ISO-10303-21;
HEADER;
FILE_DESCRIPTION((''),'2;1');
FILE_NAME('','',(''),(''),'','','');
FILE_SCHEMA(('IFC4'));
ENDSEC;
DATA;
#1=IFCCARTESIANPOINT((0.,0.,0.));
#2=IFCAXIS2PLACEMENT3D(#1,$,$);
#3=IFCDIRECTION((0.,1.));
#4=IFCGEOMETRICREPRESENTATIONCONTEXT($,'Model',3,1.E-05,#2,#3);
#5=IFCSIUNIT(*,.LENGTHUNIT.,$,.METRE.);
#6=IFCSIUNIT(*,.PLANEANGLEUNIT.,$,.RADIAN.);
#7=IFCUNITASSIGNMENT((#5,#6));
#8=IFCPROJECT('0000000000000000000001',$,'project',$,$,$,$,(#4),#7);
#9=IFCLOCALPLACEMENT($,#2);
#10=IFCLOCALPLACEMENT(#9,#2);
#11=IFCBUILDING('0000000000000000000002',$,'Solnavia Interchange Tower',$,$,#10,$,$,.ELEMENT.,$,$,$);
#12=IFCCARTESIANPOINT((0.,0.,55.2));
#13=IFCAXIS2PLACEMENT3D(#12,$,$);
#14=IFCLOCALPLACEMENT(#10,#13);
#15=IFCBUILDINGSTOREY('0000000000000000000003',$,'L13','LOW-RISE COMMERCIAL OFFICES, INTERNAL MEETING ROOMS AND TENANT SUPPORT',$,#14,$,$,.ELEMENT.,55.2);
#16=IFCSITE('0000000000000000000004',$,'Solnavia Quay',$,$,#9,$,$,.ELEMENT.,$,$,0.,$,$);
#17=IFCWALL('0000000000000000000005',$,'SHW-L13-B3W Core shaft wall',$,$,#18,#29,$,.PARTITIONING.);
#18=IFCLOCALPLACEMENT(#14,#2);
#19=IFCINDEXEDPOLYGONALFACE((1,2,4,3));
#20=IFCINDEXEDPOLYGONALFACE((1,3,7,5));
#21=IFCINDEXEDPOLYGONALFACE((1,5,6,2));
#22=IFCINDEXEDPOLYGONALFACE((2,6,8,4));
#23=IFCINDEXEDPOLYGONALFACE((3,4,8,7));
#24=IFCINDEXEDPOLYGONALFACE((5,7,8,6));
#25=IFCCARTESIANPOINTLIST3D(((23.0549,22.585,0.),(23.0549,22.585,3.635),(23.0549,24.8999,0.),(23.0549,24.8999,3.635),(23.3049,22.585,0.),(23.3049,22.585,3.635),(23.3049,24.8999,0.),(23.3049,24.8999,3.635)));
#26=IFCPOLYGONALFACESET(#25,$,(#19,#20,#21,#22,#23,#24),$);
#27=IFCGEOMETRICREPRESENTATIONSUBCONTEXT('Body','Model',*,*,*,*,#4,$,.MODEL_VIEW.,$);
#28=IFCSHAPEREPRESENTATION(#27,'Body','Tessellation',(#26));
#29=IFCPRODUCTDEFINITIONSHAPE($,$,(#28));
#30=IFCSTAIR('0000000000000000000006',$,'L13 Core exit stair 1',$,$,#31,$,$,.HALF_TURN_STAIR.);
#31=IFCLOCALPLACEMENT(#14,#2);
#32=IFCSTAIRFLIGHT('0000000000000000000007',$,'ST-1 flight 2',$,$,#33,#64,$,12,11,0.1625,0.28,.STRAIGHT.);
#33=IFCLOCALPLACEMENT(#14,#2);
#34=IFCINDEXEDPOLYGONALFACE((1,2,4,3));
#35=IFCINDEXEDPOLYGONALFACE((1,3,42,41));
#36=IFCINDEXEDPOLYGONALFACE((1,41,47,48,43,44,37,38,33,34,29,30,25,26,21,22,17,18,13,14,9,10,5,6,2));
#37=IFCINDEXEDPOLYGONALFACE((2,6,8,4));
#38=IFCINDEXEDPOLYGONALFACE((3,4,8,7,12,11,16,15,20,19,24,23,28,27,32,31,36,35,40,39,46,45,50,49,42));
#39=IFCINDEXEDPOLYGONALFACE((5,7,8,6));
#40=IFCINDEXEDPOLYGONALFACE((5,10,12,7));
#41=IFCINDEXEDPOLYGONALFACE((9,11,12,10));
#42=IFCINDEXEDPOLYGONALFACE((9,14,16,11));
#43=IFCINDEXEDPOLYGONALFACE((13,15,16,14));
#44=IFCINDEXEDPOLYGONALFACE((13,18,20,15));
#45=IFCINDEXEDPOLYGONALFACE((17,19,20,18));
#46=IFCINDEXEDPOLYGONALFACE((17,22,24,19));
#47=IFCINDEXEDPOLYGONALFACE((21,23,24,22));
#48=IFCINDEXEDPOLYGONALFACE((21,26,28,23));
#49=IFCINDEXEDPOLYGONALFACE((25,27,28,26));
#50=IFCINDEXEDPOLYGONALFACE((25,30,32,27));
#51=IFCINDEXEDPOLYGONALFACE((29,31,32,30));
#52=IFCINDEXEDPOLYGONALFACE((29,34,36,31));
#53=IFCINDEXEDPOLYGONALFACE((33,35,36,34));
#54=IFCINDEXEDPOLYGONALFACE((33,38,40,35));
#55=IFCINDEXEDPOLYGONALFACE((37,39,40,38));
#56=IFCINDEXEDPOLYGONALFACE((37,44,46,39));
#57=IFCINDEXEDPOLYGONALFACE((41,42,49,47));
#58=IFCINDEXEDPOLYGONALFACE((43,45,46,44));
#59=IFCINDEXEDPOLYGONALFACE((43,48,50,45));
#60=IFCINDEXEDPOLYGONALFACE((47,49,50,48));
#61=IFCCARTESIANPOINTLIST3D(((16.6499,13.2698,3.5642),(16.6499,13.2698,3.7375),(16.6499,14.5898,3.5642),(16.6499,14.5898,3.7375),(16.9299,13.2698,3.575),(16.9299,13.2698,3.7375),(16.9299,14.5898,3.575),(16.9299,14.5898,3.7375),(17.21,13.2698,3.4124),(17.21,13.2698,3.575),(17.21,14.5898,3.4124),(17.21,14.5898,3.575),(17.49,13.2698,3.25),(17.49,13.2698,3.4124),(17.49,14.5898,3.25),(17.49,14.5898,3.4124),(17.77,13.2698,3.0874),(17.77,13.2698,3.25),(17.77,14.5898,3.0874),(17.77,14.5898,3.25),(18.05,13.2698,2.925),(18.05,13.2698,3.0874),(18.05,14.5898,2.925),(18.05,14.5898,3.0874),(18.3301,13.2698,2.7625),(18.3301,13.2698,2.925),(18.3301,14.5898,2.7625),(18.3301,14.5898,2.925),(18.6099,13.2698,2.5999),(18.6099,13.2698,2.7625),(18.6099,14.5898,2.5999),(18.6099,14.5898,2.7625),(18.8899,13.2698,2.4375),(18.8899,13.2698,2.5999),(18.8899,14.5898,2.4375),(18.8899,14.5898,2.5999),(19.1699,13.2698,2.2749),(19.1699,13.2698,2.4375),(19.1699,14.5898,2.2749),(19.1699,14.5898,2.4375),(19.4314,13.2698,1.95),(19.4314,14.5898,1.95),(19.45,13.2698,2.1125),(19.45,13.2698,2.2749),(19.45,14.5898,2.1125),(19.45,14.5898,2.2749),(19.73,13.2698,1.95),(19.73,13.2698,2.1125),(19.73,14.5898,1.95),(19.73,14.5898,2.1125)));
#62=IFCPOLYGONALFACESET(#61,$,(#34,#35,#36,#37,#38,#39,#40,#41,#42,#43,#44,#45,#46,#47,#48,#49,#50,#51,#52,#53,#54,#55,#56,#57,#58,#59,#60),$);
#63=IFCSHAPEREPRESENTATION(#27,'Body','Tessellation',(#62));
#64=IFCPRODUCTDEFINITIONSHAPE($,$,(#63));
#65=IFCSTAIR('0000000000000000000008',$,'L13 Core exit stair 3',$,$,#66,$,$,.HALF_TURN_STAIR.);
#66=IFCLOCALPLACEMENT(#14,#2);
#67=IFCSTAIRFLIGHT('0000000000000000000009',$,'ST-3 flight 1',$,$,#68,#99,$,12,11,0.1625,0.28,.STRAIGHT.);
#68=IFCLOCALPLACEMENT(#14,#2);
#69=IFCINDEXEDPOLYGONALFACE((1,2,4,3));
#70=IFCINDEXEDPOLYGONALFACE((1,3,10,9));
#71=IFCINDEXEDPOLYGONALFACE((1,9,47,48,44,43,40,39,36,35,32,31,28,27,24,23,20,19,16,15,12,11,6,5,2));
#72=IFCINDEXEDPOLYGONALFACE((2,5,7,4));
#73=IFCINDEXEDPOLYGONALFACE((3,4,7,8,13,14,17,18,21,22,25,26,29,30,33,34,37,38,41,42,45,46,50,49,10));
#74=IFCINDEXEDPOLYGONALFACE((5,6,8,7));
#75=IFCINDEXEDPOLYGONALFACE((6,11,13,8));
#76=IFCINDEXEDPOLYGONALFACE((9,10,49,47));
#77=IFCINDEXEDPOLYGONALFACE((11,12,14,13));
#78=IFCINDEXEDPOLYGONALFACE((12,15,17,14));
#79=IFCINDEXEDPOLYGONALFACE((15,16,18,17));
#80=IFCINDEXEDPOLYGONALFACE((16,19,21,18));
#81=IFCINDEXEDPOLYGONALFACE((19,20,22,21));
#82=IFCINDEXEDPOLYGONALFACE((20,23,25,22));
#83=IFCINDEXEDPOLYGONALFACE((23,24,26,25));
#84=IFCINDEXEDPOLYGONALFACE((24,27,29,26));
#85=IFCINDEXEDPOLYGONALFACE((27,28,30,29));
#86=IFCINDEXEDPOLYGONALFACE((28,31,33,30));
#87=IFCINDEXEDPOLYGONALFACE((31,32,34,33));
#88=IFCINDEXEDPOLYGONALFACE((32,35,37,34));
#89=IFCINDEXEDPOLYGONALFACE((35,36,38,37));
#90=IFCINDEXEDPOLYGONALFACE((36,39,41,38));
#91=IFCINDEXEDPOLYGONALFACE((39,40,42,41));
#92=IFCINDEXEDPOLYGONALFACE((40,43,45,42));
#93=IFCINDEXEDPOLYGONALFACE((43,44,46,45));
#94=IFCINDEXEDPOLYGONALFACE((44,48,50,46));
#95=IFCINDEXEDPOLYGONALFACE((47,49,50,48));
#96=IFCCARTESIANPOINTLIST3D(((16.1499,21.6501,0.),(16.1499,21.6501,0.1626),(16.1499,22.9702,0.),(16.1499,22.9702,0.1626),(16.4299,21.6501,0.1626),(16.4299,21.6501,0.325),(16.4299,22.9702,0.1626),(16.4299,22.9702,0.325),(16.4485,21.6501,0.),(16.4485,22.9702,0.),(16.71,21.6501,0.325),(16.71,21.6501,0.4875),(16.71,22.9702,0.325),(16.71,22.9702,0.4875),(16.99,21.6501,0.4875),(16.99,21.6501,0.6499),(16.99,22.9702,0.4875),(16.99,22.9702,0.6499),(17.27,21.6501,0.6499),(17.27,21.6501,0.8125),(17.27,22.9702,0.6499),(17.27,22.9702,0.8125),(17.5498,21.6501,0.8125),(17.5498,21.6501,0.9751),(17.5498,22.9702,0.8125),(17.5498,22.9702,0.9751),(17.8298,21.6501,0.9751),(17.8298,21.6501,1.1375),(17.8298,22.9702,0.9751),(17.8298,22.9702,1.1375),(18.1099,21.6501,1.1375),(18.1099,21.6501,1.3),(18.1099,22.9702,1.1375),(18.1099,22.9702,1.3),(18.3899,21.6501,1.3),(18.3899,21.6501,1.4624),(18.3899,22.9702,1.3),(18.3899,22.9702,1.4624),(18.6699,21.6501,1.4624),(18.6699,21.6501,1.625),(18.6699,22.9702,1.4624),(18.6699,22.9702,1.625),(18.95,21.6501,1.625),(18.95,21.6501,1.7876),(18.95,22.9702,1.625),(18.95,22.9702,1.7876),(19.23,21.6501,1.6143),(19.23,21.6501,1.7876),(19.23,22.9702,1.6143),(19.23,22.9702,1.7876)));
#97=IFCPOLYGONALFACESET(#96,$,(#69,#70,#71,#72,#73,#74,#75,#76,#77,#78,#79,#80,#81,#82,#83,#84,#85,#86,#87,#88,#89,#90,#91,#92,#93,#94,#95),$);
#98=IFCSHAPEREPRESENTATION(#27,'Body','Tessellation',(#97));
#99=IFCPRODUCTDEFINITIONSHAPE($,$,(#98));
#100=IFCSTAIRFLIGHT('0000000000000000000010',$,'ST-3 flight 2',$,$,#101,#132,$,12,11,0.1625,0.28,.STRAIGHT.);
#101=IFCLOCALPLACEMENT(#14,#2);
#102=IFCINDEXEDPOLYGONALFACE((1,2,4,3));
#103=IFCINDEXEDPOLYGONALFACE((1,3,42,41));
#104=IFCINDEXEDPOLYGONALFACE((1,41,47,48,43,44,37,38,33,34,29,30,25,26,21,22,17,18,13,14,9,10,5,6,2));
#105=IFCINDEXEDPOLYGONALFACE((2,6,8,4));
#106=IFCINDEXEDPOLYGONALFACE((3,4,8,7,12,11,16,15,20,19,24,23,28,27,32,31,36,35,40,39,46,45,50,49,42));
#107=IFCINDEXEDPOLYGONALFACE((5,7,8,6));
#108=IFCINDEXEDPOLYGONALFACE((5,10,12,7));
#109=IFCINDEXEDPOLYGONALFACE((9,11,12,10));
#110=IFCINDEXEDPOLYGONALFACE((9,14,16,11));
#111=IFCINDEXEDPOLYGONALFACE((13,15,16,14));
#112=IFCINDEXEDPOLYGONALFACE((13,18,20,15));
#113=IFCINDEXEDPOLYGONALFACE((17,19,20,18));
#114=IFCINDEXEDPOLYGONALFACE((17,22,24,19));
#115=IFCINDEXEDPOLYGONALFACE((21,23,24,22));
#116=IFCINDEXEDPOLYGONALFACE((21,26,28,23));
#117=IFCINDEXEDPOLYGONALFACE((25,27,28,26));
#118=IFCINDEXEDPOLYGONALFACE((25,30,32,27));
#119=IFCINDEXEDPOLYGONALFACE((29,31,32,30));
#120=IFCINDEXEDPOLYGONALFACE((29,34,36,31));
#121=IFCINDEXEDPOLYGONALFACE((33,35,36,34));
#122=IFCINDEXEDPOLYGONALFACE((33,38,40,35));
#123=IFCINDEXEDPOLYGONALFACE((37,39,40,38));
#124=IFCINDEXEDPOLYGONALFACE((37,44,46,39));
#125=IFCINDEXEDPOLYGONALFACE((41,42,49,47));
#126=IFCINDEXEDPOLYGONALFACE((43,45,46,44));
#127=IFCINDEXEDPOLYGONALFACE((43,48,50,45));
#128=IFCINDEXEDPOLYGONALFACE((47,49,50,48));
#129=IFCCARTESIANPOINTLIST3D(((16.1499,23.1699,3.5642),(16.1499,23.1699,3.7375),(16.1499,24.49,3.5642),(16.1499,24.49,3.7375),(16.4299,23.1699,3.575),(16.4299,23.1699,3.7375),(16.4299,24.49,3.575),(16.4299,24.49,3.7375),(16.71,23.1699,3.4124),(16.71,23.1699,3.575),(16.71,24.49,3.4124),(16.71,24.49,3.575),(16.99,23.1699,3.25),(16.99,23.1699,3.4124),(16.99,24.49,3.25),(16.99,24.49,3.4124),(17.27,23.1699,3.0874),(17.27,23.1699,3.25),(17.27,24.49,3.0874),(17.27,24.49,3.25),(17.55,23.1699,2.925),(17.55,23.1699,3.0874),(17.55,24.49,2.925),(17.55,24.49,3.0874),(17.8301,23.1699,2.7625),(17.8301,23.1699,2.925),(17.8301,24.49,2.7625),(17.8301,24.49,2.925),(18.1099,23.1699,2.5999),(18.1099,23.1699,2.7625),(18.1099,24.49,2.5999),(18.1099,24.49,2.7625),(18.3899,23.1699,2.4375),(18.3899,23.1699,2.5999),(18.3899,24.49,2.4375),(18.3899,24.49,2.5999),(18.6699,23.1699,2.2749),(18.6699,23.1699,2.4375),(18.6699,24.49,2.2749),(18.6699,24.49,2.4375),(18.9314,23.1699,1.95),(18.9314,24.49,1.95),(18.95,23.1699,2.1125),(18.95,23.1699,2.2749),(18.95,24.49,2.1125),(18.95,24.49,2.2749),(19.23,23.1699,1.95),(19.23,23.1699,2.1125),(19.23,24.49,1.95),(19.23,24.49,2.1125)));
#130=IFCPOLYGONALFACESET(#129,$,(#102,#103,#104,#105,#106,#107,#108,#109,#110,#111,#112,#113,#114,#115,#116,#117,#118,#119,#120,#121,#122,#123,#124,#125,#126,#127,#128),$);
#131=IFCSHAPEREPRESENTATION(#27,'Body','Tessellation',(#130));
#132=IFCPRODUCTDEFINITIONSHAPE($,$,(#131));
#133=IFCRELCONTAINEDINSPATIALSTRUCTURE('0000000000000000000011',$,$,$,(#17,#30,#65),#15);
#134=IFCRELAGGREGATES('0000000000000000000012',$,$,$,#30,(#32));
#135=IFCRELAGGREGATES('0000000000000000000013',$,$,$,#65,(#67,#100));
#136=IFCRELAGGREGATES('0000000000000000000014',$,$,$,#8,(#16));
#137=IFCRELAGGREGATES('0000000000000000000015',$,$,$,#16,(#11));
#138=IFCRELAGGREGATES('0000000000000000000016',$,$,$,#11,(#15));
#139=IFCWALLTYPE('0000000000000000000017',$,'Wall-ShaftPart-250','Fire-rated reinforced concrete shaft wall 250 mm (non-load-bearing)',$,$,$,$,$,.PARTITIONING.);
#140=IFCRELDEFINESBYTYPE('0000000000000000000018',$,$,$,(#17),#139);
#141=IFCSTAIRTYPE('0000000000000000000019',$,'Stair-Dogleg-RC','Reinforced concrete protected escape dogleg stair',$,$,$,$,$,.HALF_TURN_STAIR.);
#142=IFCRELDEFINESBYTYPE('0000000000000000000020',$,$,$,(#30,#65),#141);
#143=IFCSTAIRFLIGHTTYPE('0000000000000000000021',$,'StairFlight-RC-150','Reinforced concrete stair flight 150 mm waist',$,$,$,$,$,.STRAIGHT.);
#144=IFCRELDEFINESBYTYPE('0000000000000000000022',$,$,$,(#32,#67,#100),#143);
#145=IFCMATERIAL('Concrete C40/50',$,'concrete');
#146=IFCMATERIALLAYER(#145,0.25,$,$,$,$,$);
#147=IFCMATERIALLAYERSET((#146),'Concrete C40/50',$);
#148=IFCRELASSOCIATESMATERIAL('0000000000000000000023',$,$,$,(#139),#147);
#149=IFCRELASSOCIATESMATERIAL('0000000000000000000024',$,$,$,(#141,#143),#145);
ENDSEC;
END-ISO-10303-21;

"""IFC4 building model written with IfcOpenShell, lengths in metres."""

from ifc_helpers import new_model, si_unit, direction, frame, frame_2d, origin, place, context, subcontext, project, spatial, polyline, rectangle, outline, extrude, material, layer, layer_set, type_object, element, aggregate, save


model = new_model("IFC4")

# Units and contexts
model_context = context("Model", 3, precision=1e-05, world=origin(), true_north=direction((0.0, 1.0)))
body_context = subcontext(model_context, "Body", "Model", "MODEL_VIEW")
ifc_project = project(units=[si_unit("LENGTHUNIT", "METRE"), si_unit("PLANEANGLEUNIT", "RADIAN")], contexts=[model_context])

# Site, building, storey
site_placement = place(None, origin())
site = spatial("IfcSite", under=ifc_project, at=site_placement, Name="Solnavia Quay", CompositionType="ELEMENT", RefElevation=0.0)
building_placement = place(site_placement, origin())
building = spatial("IfcBuilding", under=site, at=building_placement, Name="Solnavia Interchange Tower", CompositionType="ELEMENT")
storey_placement = place(building_placement, frame((0.0, 0.0, 55.2)))
storey = spatial("IfcBuildingStorey", under=building, at=storey_placement, Name="L13", Description="LOW-RISE COMMERCIAL OFFICES, INTERNAL MEETING ROOMS AND TENANT SUPPORT", CompositionType="ELEMENT", Elevation=55.2)

# Shared definitions
ifc_material_1 = material(Name="Concrete C40/50", Category="concrete")

# Shared definitions
ifc_layer_1 = layer(ifc_material_1, 0.25)
ifc_layer_set_1 = layer_set([ifc_layer_1], Name="Concrete C40/50")
wall_type_1 = type_object("IfcWallType", Name="Wall-ShaftPart-250", Description="Fire-rated reinforced concrete shaft wall 250 mm (non-load-bearing)", PredefinedType="PARTITIONING", material=ifc_layer_set_1)

# Wall
wall_1_placement = place(storey_placement, frame((23.1799, 22.585, 0.0), z_axis=(0.0, 0.0, 1.0), x_axis=(0.0, 1.0, 0.0)))
element("IfcWall", 1, at=wall_1_placement, inside=storey, type_object=wall_type_1, Name="SHW-L13-B3W Core shaft wall", PredefinedType="PARTITIONING", context=body_context, shape_type="SweptSolid", body=[
    extrude(rectangle(XDim=2.3149, YDim=0.25, at=frame_2d((1.1575, 0.0))), origin(), (0.0, 0.0, 1.0), 3.635),
])

# Stair, stair flight
stair_type = type_object("IfcStairType", Name="Stair-Dogleg-RC", Description="Reinforced concrete protected escape dogleg stair", PredefinedType="HALF_TURN_STAIR", material=ifc_material_1)
stair_1_placement = place(storey_placement, origin())
stair_1 = element("IfcStair", 2, at=stair_1_placement, inside=storey, type_object=stair_type, Name="L13 Core exit stair 1", PredefinedType="HALF_TURN_STAIR")
stair_flight_type = type_object("IfcStairFlightType", Name="StairFlight-RC-150", Description="Reinforced concrete stair flight 150 mm waist", PredefinedType="STRAIGHT", material=ifc_material_1)
stair_flight_1_placement = place(storey_placement, frame((19.73, 13.9299, 1.95), z_axis=(0.0, 0.0, 1.0), x_axis=(-1.0, 0.0, 0.0)))
stair_flight_1 = element("IfcStairFlight", 3, at=stair_flight_1_placement, type_object=stair_flight_type, Name="ST-1 flight 2", NumberOfRisers=12, NumberOfTreads=11, PredefinedType="STRAIGHT", RiserHeight=0.1625, TreadLength=0.28, context=body_context, shape_type="SweptSolid", body=[
    extrude(outline(polyline([(0.0, 0.0), (0.0, 0.1626), (0.28, 0.1626), (0.28, 0.325), (0.5601, 0.325), (0.5601, 0.4875), (0.8401, 0.4875), (0.8401, 0.6499), (1.1201, 0.6499), (1.1201, 0.8125), (1.3999, 0.8125), (1.3999, 0.9751), (1.6799, 0.9751), (1.6799, 1.1375), (1.96, 1.1375), (1.96, 1.3), (2.24, 1.3), (2.24, 1.4624), (2.52, 1.4624), (2.52, 1.625), (2.8, 1.625), (2.8, 1.7876), (3.0801, 1.7876), (3.0801, 1.95), (3.0801, 1.6143), (0.2986, 0.0), (0.0, 0.0)])), frame((0.0, 0.6602, 0.0), z_axis=(0.0, -1.0, 0.0), x_axis=(1.0, 0.0, 0.0)), (0.0, 0.0, 1.0), 1.3201),
])
aggregate(stair_1, [stair_flight_1])

# Stair, stair flights
stair_2_placement = place(storey_placement, origin())
stair_2 = element("IfcStair", 4, at=stair_2_placement, inside=storey, type_object=stair_type, Name="L13 Core exit stair 3", PredefinedType="HALF_TURN_STAIR")
stair_flight_2_placement = place(storey_placement, frame((16.1499, 22.3101, 0.0), z_axis=(0.0, 0.0, 1.0), x_axis=(1.0, 0.0, 0.0)))
stair_flight_2 = element("IfcStairFlight", 5, at=stair_flight_2_placement, type_object=stair_flight_type, Name="ST-3 flight 1", NumberOfRisers=12, NumberOfTreads=11, PredefinedType="STRAIGHT", RiserHeight=0.1625, TreadLength=0.28, context=body_context, shape_type="SweptSolid", body=[
    extrude(outline(polyline([(0.0, 0.0), (0.0, 0.1626), (0.28, 0.1626), (0.28, 0.325), (0.5601, 0.325), (0.5601, 0.4875), (0.8401, 0.4875), (0.8401, 0.6499), (1.1201, 0.6499), (1.1201, 0.8125), (1.3999, 0.8125), (1.3999, 0.9751), (1.6799, 0.9751), (1.6799, 1.1375), (1.96, 1.1375), (1.96, 1.3), (2.24, 1.3), (2.24, 1.4624), (2.52, 1.4624), (2.52, 1.625), (2.8, 1.625), (2.8, 1.7876), (3.0801, 1.7876), (3.0801, 1.95), (3.0801, 1.6143), (0.2986, 0.0), (0.0, 0.0)])), frame((0.0, 0.6602, 0.0), z_axis=(0.0, -1.0, 0.0), x_axis=(1.0, 0.0, 0.0)), (0.0, 0.0, 1.0), 1.3201),
])
stair_flight_3_placement = place(storey_placement, frame((19.23, 23.8301, 1.95), z_axis=(0.0, 0.0, 1.0), x_axis=(-1.0, 0.0, 0.0)))
stair_flight_3 = element("IfcStairFlight", 6, at=stair_flight_3_placement, type_object=stair_flight_type, Name="ST-3 flight 2", NumberOfRisers=12, NumberOfTreads=11, PredefinedType="STRAIGHT", RiserHeight=0.1625, TreadLength=0.28, context=body_context, shape_type="SweptSolid", body=[
    extrude(outline(polyline([(0.0, 0.0), (0.0, 0.1626), (0.28, 0.1626), (0.28, 0.325), (0.5601, 0.325), (0.5601, 0.4875), (0.8401, 0.4875), (0.8401, 0.6499), (1.1201, 0.6499), (1.1201, 0.8125), (1.3999, 0.8125), (1.3999, 0.9751), (1.6799, 0.9751), (1.6799, 1.1375), (1.96, 1.1375), (1.96, 1.3), (2.24, 1.3), (2.24, 1.4624), (2.52, 1.4624), (2.52, 1.625), (2.8, 1.625), (2.8, 1.7876), (3.0801, 1.7876), (3.0801, 1.95), (3.0801, 1.6143), (0.2986, 0.0), (0.0, 0.0)])), frame((0.0, 0.6602, 0.0), z_axis=(0.0, -1.0, 0.0), x_axis=(1.0, 0.0, 0.0)), (0.0, 0.0, 1.0), 1.3201),
])
aggregate(stair_2, [stair_flight_2, stair_flight_3])

save(model, "model.ifc")
